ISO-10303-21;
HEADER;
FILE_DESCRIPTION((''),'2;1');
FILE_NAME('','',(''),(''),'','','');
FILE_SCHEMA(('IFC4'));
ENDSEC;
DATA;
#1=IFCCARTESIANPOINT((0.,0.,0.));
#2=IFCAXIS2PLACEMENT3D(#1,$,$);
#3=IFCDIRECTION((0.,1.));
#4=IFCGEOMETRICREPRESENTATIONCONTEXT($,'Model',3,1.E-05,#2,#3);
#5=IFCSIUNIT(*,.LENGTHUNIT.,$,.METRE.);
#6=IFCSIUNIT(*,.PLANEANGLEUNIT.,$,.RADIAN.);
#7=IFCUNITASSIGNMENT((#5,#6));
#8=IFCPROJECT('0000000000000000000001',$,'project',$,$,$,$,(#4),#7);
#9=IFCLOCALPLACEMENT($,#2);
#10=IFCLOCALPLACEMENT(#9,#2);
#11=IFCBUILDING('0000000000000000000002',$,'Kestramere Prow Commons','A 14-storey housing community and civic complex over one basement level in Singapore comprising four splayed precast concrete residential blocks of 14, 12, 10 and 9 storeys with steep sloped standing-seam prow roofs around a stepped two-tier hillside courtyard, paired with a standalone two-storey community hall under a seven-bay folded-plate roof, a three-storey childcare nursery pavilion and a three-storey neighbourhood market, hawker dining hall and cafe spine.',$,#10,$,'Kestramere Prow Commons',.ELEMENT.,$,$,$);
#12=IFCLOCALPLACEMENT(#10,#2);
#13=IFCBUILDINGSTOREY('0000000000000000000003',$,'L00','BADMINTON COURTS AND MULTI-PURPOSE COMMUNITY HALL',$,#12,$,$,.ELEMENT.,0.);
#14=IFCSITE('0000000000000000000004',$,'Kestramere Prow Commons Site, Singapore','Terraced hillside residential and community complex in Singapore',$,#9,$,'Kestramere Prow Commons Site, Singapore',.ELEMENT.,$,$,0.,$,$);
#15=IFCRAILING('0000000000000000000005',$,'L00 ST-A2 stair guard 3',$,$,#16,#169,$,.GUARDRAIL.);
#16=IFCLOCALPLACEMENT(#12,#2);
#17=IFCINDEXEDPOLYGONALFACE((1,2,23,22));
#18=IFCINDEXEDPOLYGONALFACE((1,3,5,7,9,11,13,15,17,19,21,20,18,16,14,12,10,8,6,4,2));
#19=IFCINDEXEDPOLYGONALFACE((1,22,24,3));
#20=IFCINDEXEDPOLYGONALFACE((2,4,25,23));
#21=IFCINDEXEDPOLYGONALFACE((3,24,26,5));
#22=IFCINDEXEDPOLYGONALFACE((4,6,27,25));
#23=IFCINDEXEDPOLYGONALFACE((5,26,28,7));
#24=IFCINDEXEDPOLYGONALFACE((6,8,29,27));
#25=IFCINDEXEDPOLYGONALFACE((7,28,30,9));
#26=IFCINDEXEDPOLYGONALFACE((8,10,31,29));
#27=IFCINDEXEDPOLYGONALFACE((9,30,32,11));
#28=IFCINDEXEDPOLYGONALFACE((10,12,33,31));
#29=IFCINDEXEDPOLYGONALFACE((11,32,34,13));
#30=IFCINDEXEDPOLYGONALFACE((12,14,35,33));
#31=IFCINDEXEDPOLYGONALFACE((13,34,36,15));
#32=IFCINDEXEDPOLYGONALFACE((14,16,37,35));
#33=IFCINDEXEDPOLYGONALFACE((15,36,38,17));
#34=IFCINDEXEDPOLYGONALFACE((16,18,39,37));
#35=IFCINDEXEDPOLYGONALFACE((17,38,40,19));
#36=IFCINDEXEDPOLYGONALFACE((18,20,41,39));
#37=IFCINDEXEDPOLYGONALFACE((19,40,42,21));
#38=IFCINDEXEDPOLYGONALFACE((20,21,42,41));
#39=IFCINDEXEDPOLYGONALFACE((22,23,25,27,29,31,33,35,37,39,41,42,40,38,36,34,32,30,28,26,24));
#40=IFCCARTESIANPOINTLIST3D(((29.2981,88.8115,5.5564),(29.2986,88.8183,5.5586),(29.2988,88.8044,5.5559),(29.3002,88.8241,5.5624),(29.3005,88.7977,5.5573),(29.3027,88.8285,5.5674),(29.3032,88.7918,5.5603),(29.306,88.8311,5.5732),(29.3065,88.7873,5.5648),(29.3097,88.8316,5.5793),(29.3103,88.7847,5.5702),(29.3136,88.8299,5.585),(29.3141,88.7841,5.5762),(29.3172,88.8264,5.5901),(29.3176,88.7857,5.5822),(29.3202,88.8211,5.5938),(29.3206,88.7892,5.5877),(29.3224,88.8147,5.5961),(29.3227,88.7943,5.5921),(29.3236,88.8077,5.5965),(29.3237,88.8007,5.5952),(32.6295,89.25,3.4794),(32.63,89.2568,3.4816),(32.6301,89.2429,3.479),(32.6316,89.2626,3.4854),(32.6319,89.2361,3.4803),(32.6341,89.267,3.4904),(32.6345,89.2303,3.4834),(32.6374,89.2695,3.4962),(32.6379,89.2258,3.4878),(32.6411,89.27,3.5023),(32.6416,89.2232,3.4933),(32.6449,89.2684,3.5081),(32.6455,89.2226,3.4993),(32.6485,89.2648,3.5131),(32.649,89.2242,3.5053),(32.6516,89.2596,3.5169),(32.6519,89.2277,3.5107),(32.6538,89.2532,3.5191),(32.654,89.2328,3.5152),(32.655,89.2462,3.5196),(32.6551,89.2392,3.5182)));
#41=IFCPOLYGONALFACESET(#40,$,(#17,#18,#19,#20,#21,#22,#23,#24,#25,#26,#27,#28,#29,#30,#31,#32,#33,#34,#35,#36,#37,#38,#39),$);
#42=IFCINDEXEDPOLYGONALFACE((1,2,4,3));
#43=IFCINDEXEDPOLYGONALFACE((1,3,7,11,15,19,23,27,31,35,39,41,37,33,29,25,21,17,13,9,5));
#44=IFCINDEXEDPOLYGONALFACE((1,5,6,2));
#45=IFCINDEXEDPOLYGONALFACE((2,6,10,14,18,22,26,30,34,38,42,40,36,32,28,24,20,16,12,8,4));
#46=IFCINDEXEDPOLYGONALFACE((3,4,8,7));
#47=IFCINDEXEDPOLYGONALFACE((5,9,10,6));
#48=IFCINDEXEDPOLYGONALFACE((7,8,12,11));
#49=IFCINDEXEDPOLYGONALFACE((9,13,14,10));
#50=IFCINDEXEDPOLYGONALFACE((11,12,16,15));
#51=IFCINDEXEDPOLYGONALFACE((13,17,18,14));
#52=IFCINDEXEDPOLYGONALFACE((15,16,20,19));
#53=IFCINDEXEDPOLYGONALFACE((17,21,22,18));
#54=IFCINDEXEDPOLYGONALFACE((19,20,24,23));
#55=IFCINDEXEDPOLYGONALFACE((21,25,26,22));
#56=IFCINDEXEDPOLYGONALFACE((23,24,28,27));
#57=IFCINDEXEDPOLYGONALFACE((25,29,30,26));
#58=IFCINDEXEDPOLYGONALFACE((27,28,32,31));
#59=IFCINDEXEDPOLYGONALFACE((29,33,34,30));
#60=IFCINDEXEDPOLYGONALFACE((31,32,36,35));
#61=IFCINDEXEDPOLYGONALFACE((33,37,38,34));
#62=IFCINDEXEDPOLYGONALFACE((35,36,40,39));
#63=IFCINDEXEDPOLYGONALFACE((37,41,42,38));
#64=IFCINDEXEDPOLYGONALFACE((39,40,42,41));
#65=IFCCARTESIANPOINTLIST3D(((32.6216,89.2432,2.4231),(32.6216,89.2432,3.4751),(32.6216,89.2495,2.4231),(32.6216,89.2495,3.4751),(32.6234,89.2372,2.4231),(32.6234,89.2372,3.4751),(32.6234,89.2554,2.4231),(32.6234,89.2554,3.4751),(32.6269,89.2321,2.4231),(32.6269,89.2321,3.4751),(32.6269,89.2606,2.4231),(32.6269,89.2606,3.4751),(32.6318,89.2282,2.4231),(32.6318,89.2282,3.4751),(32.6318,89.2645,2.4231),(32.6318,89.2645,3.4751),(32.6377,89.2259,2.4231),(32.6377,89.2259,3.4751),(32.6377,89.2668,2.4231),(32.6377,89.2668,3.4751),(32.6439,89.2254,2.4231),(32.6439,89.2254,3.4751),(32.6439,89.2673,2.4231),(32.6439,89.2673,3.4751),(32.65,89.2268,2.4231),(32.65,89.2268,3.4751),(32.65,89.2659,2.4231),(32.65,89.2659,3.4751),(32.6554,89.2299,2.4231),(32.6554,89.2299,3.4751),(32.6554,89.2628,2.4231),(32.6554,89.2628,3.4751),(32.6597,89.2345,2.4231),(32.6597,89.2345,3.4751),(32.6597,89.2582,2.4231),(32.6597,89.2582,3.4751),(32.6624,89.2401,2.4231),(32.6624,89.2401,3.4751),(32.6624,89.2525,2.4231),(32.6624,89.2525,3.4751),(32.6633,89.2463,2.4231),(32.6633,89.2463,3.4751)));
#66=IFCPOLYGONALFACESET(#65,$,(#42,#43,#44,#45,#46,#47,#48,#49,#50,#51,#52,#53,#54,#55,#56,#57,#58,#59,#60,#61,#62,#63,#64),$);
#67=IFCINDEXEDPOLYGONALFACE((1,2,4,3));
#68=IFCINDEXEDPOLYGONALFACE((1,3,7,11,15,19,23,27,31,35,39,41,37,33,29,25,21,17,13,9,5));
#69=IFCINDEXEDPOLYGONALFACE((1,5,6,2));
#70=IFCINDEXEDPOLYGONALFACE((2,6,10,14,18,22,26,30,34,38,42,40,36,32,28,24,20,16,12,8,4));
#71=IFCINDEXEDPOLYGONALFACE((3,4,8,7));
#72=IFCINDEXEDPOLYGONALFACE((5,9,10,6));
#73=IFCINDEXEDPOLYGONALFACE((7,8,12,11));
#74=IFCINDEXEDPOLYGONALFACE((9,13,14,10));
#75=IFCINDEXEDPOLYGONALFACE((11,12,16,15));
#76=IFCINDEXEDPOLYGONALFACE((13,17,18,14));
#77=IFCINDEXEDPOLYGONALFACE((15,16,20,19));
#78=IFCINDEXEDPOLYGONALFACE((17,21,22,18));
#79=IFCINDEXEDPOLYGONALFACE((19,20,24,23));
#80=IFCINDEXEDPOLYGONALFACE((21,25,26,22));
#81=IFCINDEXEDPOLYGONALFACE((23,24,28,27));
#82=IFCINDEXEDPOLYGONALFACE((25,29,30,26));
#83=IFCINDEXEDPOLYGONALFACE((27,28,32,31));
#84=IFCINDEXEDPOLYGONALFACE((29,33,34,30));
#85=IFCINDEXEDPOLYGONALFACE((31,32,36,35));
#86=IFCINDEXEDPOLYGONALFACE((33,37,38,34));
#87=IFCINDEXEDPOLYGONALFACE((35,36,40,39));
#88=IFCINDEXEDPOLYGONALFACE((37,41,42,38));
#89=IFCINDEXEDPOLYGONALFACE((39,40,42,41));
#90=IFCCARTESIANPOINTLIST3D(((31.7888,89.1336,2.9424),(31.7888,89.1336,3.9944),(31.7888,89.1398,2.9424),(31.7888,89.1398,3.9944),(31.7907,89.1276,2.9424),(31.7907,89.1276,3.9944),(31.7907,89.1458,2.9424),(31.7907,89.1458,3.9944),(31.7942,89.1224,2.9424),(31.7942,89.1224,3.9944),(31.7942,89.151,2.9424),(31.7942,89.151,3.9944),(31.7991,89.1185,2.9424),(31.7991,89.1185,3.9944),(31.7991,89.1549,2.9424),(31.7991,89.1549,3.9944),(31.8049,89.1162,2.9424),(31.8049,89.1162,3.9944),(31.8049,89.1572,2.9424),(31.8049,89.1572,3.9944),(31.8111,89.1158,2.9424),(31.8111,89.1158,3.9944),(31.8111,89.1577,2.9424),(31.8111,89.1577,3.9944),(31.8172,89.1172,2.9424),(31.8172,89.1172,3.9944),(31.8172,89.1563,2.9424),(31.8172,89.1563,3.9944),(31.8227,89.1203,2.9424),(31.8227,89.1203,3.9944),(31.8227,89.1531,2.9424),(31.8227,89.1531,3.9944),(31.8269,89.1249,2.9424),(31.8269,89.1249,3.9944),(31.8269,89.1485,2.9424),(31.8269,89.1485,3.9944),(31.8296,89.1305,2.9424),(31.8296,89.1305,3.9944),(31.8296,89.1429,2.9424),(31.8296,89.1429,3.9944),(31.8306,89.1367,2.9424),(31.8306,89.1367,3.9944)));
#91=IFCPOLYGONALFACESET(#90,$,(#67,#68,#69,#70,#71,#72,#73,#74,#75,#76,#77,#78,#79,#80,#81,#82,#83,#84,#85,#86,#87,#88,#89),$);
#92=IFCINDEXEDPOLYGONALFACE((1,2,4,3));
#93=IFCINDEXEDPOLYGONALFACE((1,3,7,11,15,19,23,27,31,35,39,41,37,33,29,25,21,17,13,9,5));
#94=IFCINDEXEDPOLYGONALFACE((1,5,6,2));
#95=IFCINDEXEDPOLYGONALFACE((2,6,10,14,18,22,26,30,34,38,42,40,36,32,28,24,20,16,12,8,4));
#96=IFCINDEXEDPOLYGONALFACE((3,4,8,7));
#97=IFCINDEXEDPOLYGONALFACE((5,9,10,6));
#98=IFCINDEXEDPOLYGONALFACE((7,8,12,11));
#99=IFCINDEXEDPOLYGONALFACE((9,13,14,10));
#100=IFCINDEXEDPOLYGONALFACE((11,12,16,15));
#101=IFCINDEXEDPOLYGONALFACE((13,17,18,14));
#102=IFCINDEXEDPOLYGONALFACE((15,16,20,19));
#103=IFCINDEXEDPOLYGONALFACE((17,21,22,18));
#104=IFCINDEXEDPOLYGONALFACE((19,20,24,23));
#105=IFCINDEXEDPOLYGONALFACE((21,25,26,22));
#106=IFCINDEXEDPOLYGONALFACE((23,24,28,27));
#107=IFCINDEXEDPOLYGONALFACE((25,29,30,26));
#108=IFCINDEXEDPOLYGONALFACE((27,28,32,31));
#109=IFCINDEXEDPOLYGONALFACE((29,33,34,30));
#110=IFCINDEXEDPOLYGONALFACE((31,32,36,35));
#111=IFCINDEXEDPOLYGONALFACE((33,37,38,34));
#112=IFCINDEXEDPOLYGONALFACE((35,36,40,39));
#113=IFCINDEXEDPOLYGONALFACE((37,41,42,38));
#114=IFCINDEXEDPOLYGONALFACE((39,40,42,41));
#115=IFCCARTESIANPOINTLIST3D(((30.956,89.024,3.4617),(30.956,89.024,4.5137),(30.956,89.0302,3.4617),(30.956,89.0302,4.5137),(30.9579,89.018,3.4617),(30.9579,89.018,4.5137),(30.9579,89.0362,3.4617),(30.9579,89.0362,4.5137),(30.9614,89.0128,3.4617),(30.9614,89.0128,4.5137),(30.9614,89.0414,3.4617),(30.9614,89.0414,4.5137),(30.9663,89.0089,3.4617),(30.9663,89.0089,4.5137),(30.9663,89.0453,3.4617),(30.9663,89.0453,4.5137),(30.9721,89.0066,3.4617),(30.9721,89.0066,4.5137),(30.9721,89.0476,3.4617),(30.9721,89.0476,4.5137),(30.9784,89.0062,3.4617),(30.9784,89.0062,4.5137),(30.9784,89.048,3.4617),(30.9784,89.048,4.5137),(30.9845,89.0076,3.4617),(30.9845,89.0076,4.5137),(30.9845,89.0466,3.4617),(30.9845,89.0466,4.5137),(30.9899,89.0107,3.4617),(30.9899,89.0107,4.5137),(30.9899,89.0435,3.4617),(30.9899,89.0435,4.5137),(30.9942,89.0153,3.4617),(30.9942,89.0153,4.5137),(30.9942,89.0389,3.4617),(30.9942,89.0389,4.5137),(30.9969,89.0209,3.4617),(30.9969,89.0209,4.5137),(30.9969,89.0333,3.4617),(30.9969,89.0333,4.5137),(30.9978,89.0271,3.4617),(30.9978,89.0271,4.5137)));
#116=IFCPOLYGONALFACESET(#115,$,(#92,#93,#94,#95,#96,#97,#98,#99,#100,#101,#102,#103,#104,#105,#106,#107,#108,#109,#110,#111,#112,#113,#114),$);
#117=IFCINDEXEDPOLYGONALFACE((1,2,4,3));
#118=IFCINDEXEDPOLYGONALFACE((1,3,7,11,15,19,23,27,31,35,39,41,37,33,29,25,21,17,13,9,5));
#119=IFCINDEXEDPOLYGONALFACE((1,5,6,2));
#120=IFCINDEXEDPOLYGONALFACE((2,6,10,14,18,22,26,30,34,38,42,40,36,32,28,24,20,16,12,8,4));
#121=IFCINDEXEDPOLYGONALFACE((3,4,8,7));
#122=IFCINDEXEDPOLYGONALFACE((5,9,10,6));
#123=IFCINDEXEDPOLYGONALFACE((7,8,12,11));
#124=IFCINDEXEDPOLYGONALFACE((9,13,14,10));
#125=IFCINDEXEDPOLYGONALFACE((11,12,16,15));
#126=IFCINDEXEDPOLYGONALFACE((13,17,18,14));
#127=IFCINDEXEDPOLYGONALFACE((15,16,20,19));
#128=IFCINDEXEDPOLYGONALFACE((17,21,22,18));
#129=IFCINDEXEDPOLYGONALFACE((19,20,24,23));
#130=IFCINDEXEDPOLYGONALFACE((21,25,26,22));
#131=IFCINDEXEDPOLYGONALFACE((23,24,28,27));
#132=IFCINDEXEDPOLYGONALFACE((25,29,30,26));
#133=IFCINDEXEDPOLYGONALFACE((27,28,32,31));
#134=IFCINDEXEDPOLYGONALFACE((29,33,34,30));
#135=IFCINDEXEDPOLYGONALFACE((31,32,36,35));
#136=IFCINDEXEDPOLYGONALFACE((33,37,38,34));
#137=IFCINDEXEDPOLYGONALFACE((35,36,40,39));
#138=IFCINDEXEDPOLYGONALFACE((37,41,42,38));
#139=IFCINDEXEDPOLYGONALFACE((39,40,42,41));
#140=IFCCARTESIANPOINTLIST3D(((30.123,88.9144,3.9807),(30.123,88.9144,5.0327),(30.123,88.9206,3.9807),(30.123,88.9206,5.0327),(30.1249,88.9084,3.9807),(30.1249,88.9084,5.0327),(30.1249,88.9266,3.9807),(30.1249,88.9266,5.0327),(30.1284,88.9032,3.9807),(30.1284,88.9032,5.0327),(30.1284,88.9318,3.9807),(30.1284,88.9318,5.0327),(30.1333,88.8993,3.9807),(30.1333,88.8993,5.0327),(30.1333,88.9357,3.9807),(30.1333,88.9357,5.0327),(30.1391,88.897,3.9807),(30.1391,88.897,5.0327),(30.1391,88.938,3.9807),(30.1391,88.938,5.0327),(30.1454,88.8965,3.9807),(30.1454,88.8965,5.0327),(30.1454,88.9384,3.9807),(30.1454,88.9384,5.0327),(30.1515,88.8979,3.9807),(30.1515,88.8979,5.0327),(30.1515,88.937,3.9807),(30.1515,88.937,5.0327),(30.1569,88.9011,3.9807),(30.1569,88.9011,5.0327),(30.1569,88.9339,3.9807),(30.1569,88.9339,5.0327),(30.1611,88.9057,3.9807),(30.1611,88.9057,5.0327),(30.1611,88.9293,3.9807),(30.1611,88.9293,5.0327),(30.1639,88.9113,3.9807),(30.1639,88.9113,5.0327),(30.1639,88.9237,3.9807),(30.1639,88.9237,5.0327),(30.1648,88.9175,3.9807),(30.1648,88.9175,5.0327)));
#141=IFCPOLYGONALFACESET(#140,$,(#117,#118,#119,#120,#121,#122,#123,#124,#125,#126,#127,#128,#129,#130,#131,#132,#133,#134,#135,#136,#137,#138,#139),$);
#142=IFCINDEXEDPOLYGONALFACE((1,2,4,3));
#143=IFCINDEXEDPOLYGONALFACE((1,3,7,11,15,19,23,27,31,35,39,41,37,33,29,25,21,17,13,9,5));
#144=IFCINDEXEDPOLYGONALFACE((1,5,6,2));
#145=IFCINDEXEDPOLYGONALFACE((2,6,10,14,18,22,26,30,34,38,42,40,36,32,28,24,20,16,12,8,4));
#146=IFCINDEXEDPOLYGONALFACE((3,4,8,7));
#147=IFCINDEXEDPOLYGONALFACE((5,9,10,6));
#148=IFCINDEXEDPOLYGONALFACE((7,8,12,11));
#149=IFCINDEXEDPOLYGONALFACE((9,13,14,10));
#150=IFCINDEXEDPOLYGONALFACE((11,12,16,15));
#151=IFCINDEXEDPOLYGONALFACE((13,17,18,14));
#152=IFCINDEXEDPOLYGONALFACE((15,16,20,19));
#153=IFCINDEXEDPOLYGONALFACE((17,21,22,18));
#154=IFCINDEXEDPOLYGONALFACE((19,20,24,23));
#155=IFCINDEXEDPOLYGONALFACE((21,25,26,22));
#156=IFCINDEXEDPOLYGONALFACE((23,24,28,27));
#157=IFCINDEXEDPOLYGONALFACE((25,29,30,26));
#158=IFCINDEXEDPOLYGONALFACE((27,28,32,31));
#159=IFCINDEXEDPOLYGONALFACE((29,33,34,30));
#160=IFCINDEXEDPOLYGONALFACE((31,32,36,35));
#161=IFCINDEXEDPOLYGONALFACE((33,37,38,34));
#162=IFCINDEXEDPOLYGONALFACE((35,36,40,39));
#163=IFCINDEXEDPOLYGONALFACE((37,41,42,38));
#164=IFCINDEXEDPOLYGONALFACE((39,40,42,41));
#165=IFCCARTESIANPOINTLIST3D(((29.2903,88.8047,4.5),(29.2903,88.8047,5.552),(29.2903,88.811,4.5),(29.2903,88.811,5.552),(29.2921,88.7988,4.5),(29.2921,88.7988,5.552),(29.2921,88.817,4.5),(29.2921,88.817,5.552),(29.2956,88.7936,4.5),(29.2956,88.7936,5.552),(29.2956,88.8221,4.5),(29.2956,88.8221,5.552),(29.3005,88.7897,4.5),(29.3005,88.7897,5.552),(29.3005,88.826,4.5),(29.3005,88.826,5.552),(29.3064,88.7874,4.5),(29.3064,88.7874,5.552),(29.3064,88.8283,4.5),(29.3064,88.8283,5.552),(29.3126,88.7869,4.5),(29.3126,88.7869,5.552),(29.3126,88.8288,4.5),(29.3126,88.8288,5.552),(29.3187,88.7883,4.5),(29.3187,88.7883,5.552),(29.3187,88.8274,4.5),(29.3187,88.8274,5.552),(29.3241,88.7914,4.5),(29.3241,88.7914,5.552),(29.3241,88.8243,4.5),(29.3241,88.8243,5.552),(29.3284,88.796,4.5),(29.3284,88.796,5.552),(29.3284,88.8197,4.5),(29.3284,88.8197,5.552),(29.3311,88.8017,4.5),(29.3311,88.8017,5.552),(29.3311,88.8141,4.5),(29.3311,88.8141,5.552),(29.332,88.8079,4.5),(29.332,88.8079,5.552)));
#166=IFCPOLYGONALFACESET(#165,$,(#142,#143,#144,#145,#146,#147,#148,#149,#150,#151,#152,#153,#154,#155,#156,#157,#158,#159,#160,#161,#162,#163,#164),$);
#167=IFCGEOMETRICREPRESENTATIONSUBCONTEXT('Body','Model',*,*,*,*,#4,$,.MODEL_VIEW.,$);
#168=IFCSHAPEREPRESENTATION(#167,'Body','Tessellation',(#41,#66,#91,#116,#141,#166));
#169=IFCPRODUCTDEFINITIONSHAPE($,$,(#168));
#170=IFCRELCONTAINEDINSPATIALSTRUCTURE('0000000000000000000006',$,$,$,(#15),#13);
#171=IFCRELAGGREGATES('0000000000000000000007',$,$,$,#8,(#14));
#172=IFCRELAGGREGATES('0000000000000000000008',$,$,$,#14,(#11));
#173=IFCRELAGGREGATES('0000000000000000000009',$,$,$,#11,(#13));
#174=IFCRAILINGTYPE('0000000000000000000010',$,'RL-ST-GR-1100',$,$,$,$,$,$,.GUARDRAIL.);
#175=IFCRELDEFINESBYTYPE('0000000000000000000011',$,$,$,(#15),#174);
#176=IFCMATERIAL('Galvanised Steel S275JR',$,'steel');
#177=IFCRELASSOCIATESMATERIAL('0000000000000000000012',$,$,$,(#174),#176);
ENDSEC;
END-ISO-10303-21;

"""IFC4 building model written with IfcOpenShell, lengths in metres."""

from ifc_helpers import new_model, si_unit, direction, frame, origin, origin_2d, place, context, subcontext, project, spatial, circle, extrude, material, type_object, element, save


model = new_model("IFC4")

# Units and contexts
model_context = context("Model", 3, precision=1e-05, world=origin(), true_north=direction((0.0, 1.0)))
body_context = subcontext(model_context, "Body", "Model", "MODEL_VIEW")
ifc_project = project(units=[si_unit("LENGTHUNIT", "METRE"), si_unit("PLANEANGLEUNIT", "RADIAN")], contexts=[model_context])

# Site, building, storey
site_placement = place(None, origin())
site = spatial("IfcSite", under=ifc_project, at=site_placement, Name="Kestramere Prow Commons Site, Singapore", Description="Terraced hillside residential and community complex in Singapore", LongName="Kestramere Prow Commons Site, Singapore", CompositionType="ELEMENT", RefElevation=0.0)
building_placement = place(site_placement, origin())
building = spatial("IfcBuilding", under=site, at=building_placement, Name="Kestramere Prow Commons", Description="A 14-storey housing community and civic complex over one basement level in Singapore comprising four splayed precast concrete residential blocks of 14, 12, 10 and 9 storeys with steep sloped standing-seam prow roofs around a stepped two-tier hillside courtyard, paired with a standalone two-storey community hall under a seven-bay folded-plate roof, a three-storey childcare nursery pavilion and a three-storey neighbourhood market, hawker dining hall and cafe spine.", LongName="Kestramere Prow Commons", CompositionType="ELEMENT")
storey_placement = place(building_placement, origin())
storey = spatial("IfcBuildingStorey", under=building, at=storey_placement, Name="L00", Description="BADMINTON COURTS AND MULTI-PURPOSE COMMUNITY HALL", CompositionType="ELEMENT", Elevation=0.0)

# Railing
ifc_material_1 = material(Name="Galvanised Steel S275JR", Category="steel")
railing_type_1 = type_object("IfcRailingType", Name="RL-ST-GR-1100", PredefinedType="GUARDRAIL", material=ifc_material_1)
railing_1_placement = place(storey_placement, frame((32.6423, 89.2463, 2.4231)))
element("IfcRailing", 1, at=railing_1_placement, inside=storey, type_object=railing_type_1, Name="L00 ST-A2 stair guard 3", PredefinedType="GUARDRAIL", context=body_context, shape_type="SweptSolid", body=[
    extrude(circle(Radius=0.0239, at=origin_2d()), frame((0.0, 0.0, 1.0762), z_axis=(-0.843344, -0.111004, 0.525784), x_axis=(0.130498, -0.991449, 0.0)), (0.0, 0.0, 1.0), 3.9502),
    extrude(circle(Radius=0.021, at=origin_2d()), origin(), (0.0, 0.0, 1.0), 1.052),
    extrude(circle(Radius=0.021, at=origin_2d()), frame((-0.8328, -0.1096, 0.5193)), (0.0, 0.0, 1.0), 1.052),
    extrude(circle(Radius=0.021, at=origin_2d()), frame((-1.6655, -0.2192, 1.0386)), (0.0, 0.0, 1.0), 1.052),
    extrude(circle(Radius=0.021, at=origin_2d()), frame((-2.4985, -0.3289, 1.5576)), (0.0, 0.0, 1.0), 1.052),
    extrude(circle(Radius=0.021, at=origin_2d()), frame((-3.3313, -0.4385, 2.0769)), (0.0, 0.0, 1.0), 1.052),
])

save(model, "model.ifc")
